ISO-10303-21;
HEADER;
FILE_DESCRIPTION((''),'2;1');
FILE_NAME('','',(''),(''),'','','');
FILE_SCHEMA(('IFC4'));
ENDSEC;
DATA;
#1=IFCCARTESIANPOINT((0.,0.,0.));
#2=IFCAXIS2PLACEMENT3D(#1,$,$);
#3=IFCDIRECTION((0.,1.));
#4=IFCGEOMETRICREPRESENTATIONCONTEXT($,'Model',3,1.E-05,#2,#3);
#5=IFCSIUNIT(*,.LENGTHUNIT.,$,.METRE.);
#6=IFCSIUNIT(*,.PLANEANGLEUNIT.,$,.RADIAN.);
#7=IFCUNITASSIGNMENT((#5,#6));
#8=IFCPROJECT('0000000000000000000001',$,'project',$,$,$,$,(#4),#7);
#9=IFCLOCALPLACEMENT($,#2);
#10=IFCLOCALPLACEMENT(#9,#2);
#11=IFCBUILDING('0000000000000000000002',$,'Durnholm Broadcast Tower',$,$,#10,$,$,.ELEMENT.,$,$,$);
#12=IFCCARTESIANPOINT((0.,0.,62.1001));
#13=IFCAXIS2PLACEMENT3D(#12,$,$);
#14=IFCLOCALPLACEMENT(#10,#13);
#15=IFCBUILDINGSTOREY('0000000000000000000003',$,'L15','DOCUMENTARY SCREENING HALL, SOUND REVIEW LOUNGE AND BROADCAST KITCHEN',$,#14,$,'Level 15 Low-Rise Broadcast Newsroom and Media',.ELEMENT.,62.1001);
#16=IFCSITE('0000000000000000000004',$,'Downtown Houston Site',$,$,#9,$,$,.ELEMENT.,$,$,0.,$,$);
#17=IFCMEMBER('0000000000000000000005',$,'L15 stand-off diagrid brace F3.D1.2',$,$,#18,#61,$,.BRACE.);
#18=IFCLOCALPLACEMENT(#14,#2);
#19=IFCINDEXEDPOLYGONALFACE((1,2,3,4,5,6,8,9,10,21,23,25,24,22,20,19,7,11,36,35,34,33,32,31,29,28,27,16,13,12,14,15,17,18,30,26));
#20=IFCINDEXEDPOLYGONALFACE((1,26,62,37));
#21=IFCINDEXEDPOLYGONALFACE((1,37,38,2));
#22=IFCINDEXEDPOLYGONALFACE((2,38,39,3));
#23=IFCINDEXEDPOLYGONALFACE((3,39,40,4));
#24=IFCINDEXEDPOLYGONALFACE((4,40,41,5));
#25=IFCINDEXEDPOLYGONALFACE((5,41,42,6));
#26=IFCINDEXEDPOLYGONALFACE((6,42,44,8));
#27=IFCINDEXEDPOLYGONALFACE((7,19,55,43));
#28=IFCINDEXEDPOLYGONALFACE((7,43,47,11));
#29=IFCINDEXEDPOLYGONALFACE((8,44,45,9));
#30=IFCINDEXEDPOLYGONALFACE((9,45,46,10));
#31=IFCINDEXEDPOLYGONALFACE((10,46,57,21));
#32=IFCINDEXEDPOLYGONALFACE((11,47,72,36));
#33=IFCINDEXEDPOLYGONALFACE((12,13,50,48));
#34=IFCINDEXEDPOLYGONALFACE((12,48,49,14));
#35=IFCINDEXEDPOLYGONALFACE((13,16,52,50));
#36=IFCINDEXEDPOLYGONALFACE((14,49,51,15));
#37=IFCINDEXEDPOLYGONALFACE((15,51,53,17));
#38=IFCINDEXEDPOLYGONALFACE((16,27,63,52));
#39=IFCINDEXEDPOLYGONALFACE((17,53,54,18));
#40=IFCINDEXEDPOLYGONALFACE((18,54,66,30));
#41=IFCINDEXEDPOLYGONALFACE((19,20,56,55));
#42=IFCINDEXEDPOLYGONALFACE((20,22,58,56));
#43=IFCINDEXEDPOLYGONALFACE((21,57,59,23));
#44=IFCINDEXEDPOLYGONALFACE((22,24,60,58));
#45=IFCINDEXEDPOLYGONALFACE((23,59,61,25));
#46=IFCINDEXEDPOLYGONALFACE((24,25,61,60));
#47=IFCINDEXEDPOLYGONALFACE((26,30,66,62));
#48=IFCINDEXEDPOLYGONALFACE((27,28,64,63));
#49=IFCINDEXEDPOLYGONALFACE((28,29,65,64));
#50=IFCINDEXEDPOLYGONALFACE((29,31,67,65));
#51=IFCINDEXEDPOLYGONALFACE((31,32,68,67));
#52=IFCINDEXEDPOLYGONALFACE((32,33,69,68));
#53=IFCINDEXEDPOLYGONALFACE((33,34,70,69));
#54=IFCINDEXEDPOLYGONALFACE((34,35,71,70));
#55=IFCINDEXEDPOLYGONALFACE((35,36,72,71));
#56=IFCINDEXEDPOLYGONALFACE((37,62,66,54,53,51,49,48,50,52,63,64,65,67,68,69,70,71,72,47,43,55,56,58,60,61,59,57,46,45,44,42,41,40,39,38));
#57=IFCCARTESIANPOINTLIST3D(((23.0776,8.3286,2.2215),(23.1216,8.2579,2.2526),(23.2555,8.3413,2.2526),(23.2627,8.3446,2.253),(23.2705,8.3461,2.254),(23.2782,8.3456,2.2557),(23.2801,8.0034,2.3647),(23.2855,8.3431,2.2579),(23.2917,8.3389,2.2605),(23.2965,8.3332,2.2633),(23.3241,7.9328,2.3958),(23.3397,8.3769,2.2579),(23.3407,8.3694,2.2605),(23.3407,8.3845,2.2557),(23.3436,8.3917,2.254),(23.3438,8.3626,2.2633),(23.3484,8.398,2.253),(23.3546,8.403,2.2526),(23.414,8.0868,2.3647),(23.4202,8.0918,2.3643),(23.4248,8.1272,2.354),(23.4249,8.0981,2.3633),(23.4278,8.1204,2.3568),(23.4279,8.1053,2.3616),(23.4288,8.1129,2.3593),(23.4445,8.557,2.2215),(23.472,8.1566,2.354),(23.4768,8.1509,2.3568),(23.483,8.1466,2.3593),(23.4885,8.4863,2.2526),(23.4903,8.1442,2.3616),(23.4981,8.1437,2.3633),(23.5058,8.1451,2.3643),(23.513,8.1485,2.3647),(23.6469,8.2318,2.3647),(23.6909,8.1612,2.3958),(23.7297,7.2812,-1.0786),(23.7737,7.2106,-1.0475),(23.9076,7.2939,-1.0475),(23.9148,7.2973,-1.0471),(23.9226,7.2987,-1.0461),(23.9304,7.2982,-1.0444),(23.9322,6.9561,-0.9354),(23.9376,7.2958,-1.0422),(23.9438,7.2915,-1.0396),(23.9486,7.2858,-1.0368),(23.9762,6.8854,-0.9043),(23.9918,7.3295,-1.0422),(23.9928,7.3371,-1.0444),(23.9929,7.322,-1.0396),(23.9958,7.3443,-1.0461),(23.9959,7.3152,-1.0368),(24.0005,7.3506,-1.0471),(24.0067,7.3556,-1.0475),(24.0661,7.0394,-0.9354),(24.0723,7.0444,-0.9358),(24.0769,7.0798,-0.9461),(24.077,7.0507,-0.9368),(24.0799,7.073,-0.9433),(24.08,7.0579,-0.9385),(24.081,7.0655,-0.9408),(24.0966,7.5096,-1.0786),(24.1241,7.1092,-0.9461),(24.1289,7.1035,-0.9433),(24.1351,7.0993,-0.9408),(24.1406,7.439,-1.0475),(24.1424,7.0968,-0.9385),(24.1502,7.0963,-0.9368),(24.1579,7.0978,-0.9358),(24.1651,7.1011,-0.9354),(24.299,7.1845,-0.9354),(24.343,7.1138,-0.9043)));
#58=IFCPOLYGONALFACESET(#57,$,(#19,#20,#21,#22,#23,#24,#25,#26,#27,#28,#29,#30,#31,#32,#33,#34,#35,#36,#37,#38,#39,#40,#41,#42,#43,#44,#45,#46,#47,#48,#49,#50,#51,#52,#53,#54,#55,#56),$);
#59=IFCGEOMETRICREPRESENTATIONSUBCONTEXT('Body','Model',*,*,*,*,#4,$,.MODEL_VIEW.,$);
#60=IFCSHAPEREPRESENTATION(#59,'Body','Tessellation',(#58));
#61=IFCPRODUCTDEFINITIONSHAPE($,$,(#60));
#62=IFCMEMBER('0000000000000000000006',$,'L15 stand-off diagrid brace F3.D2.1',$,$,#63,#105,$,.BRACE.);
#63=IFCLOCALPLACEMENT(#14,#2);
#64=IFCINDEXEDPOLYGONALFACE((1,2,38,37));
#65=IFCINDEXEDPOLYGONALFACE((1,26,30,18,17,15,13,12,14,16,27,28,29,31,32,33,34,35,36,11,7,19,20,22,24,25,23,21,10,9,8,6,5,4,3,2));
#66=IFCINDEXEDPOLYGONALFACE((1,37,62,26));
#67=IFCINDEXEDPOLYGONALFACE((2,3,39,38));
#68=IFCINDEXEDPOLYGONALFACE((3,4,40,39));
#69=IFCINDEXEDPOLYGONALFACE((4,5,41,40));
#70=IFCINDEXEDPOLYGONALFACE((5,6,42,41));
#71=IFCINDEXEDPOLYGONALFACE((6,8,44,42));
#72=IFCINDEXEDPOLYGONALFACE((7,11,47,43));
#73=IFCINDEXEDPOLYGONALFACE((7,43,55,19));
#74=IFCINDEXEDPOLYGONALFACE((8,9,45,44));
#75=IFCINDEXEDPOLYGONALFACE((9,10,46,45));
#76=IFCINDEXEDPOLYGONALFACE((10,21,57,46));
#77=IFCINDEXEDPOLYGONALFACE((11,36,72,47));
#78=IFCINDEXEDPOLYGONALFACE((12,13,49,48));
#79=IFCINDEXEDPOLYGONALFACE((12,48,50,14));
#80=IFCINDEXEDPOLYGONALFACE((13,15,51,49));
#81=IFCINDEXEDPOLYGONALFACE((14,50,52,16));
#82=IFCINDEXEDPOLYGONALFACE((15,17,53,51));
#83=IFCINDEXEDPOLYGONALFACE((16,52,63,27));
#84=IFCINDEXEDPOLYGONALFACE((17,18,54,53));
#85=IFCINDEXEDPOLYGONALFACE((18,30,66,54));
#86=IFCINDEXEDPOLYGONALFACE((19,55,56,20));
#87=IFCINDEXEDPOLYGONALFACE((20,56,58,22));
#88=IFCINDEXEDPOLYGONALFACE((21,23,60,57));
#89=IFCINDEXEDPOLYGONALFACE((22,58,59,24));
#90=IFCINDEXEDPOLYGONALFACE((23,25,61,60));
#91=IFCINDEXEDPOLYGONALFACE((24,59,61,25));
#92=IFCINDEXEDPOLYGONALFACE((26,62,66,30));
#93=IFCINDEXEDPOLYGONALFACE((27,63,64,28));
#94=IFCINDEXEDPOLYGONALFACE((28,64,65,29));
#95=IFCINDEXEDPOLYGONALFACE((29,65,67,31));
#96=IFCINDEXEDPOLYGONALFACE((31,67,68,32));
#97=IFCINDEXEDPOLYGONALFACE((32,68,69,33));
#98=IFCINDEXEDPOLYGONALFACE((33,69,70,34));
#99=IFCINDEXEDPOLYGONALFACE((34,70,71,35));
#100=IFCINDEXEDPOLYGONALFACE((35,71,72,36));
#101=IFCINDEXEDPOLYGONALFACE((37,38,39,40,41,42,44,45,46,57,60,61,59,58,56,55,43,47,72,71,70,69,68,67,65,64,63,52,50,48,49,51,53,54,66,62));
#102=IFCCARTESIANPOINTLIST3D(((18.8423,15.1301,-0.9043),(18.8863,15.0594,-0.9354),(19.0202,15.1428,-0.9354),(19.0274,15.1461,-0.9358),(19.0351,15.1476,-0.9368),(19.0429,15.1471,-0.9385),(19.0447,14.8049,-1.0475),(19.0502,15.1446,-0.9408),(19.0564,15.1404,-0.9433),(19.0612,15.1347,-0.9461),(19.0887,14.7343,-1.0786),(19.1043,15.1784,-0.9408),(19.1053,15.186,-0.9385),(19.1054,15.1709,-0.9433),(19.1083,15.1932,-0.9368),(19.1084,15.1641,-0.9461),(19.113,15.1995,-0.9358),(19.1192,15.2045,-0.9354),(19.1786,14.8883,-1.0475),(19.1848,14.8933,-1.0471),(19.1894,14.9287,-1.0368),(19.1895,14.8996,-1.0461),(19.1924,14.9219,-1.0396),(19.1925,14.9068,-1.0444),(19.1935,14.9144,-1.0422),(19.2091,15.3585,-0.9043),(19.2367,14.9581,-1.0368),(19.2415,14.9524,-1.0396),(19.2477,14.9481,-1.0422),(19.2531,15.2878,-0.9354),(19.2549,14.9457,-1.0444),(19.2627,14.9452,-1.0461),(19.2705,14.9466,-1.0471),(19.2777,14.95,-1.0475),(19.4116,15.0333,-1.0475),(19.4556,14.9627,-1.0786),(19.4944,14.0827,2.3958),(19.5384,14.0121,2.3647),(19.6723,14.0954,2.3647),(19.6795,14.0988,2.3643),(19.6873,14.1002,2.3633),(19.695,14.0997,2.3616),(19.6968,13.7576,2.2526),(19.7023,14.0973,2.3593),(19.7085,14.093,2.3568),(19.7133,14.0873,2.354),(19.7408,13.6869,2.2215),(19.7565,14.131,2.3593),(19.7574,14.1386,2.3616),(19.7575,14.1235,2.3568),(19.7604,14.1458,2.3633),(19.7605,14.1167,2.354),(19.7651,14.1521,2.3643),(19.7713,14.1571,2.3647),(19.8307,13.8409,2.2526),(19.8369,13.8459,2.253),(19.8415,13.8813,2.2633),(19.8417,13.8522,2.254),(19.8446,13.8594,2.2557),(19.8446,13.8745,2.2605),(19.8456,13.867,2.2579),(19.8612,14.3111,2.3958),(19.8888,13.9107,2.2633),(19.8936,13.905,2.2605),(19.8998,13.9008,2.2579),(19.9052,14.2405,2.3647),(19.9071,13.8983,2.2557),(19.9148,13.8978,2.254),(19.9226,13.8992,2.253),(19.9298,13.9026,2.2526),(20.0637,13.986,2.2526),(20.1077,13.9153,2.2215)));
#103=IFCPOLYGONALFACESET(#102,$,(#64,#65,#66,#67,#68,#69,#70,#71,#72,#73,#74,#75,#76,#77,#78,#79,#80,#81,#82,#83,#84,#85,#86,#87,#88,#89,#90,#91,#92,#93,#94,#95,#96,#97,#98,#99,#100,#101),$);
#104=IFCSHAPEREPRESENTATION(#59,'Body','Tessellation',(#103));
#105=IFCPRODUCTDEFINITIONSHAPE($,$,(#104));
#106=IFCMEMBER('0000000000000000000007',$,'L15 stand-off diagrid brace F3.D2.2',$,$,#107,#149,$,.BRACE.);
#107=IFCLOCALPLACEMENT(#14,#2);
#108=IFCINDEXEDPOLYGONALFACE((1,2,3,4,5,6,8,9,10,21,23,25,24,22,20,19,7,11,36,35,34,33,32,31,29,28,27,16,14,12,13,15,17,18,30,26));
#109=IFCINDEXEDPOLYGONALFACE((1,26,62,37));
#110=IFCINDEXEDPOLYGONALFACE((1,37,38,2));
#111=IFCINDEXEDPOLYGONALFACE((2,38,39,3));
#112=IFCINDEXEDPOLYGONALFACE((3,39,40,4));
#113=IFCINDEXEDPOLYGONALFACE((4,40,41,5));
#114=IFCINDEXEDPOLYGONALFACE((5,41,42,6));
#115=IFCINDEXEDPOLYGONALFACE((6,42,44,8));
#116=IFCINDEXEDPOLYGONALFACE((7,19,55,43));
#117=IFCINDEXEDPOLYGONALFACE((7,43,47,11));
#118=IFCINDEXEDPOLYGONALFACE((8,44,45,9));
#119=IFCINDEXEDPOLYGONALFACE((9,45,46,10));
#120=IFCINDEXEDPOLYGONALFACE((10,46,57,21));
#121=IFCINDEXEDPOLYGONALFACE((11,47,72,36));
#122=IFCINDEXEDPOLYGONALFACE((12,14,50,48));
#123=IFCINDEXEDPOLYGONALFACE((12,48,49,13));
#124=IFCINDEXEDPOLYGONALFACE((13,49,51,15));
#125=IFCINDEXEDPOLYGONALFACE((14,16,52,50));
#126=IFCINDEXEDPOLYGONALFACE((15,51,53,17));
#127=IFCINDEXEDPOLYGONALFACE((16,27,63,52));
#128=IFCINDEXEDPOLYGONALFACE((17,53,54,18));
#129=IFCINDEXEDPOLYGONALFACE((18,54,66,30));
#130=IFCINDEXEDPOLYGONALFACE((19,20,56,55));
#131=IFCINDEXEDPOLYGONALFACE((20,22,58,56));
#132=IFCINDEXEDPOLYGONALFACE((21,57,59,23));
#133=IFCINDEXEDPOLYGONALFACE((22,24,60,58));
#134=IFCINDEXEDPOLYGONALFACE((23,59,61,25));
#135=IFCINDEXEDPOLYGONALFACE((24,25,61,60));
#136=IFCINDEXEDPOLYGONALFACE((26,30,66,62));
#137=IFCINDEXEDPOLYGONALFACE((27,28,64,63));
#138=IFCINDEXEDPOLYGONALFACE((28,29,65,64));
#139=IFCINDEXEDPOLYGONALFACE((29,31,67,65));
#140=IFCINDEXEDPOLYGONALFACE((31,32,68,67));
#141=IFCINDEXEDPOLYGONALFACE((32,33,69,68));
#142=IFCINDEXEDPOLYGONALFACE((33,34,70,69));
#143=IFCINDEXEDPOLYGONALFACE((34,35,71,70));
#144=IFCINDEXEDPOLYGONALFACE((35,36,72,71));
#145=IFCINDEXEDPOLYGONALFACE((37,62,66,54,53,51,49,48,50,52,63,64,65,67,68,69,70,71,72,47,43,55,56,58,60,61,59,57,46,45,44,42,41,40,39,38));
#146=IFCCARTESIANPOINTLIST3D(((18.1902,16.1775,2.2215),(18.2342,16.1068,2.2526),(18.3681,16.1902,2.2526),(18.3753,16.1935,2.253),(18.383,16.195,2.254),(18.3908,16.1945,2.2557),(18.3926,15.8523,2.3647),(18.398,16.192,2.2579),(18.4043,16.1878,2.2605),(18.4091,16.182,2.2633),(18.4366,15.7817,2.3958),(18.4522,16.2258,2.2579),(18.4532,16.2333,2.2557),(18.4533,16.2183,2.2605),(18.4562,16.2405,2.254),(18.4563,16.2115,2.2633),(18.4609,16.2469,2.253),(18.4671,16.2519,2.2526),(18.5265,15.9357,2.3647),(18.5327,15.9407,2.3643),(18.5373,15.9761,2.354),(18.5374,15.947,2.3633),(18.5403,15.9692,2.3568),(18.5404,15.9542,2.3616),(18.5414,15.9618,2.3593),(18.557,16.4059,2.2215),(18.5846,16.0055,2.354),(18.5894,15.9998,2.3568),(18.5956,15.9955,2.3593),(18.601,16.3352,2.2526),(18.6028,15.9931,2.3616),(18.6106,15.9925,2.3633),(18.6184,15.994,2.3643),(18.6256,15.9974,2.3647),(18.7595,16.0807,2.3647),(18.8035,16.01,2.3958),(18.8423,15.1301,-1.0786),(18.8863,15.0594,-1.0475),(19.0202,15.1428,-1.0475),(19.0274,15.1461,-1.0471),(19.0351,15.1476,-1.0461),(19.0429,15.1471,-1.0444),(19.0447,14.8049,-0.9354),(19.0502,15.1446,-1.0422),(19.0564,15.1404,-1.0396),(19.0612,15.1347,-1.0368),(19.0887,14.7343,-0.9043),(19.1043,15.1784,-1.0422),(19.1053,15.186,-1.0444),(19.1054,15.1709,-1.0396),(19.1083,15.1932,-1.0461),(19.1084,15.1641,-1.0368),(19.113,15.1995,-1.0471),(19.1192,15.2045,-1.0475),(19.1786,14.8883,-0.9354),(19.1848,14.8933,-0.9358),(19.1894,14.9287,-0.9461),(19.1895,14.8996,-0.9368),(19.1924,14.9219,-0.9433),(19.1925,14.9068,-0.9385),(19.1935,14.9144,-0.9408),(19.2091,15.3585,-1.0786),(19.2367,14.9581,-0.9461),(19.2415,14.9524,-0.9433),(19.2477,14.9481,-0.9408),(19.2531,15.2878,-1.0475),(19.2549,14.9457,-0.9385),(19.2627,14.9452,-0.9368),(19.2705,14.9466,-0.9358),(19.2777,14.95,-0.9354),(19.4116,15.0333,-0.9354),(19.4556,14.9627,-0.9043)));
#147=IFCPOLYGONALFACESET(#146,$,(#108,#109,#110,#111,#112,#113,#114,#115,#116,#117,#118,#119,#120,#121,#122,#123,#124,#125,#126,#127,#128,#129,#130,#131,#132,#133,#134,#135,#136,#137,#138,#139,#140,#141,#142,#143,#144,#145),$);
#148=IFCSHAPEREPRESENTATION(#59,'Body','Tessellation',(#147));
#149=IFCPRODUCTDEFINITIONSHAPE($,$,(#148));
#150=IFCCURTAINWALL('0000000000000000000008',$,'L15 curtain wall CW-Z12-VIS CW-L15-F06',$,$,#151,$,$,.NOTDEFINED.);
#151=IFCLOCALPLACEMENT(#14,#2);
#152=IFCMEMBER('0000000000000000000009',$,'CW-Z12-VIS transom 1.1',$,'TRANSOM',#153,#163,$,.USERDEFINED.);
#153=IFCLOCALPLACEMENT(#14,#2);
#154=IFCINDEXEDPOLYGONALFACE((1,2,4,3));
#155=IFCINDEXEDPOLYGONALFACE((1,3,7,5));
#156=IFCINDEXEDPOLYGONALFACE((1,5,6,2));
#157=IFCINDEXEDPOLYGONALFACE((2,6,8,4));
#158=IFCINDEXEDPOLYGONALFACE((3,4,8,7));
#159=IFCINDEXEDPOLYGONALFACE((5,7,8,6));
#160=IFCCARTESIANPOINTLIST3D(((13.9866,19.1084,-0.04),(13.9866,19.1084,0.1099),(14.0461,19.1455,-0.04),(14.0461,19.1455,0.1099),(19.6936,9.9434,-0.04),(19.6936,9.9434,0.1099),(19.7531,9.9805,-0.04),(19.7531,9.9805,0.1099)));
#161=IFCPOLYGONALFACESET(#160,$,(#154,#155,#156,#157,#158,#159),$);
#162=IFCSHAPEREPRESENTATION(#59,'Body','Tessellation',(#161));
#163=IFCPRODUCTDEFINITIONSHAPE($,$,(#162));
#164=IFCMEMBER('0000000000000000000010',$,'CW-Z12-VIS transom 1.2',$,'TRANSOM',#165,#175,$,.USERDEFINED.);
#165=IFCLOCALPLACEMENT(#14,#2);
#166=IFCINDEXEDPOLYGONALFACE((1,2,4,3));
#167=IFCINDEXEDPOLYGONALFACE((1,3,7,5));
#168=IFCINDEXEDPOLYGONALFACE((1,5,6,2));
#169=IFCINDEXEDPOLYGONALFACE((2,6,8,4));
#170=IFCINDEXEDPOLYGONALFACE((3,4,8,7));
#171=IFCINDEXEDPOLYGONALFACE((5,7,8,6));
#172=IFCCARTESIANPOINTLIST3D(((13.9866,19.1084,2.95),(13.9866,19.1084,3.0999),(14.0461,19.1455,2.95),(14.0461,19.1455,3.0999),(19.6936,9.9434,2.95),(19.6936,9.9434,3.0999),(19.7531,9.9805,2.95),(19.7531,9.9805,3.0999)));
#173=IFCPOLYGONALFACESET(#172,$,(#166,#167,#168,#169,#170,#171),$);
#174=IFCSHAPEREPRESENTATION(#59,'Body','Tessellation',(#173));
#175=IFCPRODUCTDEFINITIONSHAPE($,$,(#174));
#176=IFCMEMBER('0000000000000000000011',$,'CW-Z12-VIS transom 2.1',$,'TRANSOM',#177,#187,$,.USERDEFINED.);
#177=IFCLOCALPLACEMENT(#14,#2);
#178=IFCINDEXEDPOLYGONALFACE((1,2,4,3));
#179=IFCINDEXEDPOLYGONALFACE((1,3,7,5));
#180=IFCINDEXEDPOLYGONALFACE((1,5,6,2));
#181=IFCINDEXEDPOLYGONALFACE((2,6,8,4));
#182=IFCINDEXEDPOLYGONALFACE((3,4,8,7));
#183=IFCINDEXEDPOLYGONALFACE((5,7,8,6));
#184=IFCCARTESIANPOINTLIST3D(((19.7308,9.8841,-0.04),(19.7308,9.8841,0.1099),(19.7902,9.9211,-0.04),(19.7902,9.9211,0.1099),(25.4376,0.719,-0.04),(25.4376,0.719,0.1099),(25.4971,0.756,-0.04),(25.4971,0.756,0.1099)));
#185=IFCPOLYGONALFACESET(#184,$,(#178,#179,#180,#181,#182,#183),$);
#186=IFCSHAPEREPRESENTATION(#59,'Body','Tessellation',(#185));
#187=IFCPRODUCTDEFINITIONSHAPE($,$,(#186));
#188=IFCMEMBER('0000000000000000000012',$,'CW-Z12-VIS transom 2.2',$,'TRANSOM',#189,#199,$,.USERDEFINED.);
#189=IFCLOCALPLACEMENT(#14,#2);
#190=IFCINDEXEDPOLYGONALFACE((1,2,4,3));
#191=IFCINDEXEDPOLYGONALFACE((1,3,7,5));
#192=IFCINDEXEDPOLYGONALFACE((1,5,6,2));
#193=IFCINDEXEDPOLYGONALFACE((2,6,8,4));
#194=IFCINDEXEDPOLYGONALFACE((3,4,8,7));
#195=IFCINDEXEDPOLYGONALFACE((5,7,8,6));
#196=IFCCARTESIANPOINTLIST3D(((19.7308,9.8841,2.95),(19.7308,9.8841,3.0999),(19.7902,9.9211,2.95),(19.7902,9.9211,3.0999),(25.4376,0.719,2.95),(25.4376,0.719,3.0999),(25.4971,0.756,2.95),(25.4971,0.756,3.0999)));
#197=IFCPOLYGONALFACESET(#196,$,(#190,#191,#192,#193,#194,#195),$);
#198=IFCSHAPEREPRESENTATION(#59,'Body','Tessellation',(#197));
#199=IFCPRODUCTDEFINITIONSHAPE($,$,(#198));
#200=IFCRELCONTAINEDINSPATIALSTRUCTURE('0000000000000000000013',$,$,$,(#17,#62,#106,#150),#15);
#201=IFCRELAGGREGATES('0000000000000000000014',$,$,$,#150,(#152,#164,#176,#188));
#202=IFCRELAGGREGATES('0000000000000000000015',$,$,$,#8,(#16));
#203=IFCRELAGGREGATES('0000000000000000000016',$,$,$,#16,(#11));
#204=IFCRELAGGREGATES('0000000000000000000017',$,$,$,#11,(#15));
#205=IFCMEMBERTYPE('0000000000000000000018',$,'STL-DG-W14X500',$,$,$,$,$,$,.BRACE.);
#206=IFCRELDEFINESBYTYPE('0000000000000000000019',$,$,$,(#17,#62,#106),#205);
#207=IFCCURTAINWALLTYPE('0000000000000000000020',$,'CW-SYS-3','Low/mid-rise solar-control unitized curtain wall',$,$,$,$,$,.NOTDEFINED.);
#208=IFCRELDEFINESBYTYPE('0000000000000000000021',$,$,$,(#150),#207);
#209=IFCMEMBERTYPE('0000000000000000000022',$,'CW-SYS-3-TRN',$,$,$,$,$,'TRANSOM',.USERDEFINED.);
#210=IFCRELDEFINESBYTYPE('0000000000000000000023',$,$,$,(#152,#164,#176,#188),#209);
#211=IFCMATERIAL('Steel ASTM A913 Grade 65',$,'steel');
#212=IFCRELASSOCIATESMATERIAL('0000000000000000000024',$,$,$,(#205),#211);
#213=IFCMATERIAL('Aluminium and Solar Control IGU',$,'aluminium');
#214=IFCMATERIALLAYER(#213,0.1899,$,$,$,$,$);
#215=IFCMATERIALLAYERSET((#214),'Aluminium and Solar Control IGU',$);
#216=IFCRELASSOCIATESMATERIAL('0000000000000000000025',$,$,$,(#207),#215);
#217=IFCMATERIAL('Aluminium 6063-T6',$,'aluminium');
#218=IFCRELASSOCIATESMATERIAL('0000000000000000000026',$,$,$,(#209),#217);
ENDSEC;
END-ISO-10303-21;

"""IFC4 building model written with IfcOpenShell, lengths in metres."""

from ifc_helpers import new_model, si_unit, direction, frame, origin, origin_2d, place, context, subcontext, project, spatial, rectangle, i_section, extrude, source, transform, mapped, material, layer, layer_set, material_profile, profile_set, type_object, type_shapes, element, aggregate, save


model = new_model("IFC4")

# Units and contexts
model_context = context("Model", 3, precision=1e-05, world=origin(), true_north=direction((0.0, 1.0)))
body_context = subcontext(model_context, "Body", "Model", "MODEL_VIEW")
ifc_project = project(units=[si_unit("LENGTHUNIT", "METRE"), si_unit("PLANEANGLEUNIT", "RADIAN")], contexts=[model_context])

# Site, building, storey
site_placement = place(None, origin())
site = spatial("IfcSite", under=ifc_project, at=site_placement, Name="Downtown Houston Site", CompositionType="ELEMENT", RefElevation=0.0)
building_placement = place(site_placement, origin())
building = spatial("IfcBuilding", under=site, at=building_placement, Name="Durnholm Broadcast Tower", CompositionType="ELEMENT")
storey_placement = place(building_placement, frame((0.0, 0.0, 62.1001)))
storey = spatial("IfcBuildingStorey", under=building, at=storey_placement, Name="L15", Description="DOCUMENTARY SCREENING HALL, SOUND REVIEW LOUNGE AND BROADCAST KITCHEN", LongName="Level 15 Low-Rise Broadcast Newsroom and Media", CompositionType="ELEMENT", Elevation=62.1001)

# Members
ifc_material_1 = material(Name="Steel ASTM A913 Grade 65", Category="steel")
ifc_material_profile_1 = material_profile(ifc_material_1, i_section(OverallWidth=0.4321, OverallDepth=0.4978, WebThickness=0.0557, FlangeThickness=0.0889, FilletRadius=0.0305, at=origin_2d()), Name="W14X500")
ifc_profile_set_1 = profile_set([ifc_material_profile_1], Name="Steel ASTM A913 Grade 65")
member_type_1 = type_object("IfcMemberType", Name="STL-DG-W14X500", PredefinedType="BRACE", material=ifc_profile_set_1)
shared_shape_1 = source(origin(), body_context, "Body", "SweptSolid", [
    extrude(i_section(OverallWidth=0.4321, OverallDepth=0.4978, WebThickness=0.0557, FlangeThickness=0.0889, FilletRadius=0.0305, at=origin_2d()), origin(), (0.0, 0.0, 1.0), 3.5232),
])
type_shapes(member_type_1, [shared_shape_1])
for number, where, z_axis, x_axis, name in (
    (1, (24.0364, 7.1975, -0.9915), (-0.18509, 0.297281, 0.936678), (-0.848909, -0.52854, 0.0), "L15 stand-off diagrid brace F3.D1.2"),
    (2, (19.1489, 15.0464, -0.9915), (0.18509, -0.297281, 0.936678), (0.848909, 0.52854, 0.0), "L15 stand-off diagrid brace F3.D2.1"),
    (3, (19.1489, 15.0464, -0.9915), (-0.18509, 0.297281, 0.936678), (-0.848909, -0.52854, 0.0), "L15 stand-off diagrid brace F3.D2.2"),
):
    element("IfcMember", number, at=place(storey_placement, frame(where, z_axis=z_axis, x_axis=x_axis)), inside=storey, type_object=member_type_1, Name=name, PredefinedType="BRACE", context=body_context, shape_type="MappedRepresentation", body=[
        mapped(shared_shape_1, transform((0.0, 0.0, 0.0), x_axis=(1.0, 0.0, 0.0), y_axis=(0.0, 1.0, 0.0), z_axis=(0.0, 0.0, 1.0), scale=1.0)),
    ])

# Curtain wall, members
ifc_material_2 = material(Name="Aluminium and Solar Control IGU", Category="aluminium")
ifc_layer_1 = layer(ifc_material_2, 0.1899)
ifc_layer_set_1 = layer_set([ifc_layer_1], Name="Aluminium and Solar Control IGU")
curtain_wall_type_1 = type_object("IfcCurtainWallType", Name="CW-SYS-3", Description="Low/mid-rise solar-control unitized curtain wall", PredefinedType="NOTDEFINED", material=ifc_layer_set_1)
curtain_wall_1_placement = place(storey_placement, origin())
curtain_wall_1 = element("IfcCurtainWall", 4, at=curtain_wall_1_placement, inside=storey, type_object=curtain_wall_type_1, Name="L15 curtain wall CW-Z12-VIS CW-L15-F06", PredefinedType="NOTDEFINED")
ifc_material_3 = material(Name="Aluminium 6063-T6", Category="aluminium")
ifc_material_profile_2 = material_profile(ifc_material_3, rectangle(XDim=0.0701, YDim=0.1499, at=origin_2d()), Name="CWT70X150")
ifc_profile_set_2 = profile_set([ifc_material_profile_2], Name="Aluminium 6063-T6")
member_type_2 = type_object("IfcMemberType", Name="CW-SYS-3-TRN", ElementType="TRANSOM", PredefinedType="USERDEFINED", material=ifc_profile_set_2)
shared_shape_2 = source(origin(), body_context, "Body", "SweptSolid", [
    extrude(rectangle(XDim=0.0701, YDim=0.1499, at=origin_2d()), origin(), (0.0, 0.0, 1.0), 10.7966),
])
type_shapes(member_type_2, [shared_shape_2])
member_1_placement = place(storey_placement, frame((14.0164, 19.127, 0.0349), z_axis=(0.528592, -0.848876, 0.0), x_axis=(0.848876, 0.528592, 0.0)))
member_1 = element("IfcMember", 5, at=member_1_placement, type_object=member_type_2, Name="CW-Z12-VIS transom 1.1", ObjectType="TRANSOM", PredefinedType="USERDEFINED", context=body_context, shape_type="MappedRepresentation", body=[
    mapped(shared_shape_2, transform((0.0, 0.0, 0.0), x_axis=(1.0, 0.0, 0.0), y_axis=(0.0, 1.0, 0.0), z_axis=(0.0, 0.0, 1.0), scale=1.0)),
])
member_2_placement = place(storey_placement, frame((14.0164, 19.127, 3.0249), z_axis=(0.528592, -0.848876, 0.0), x_axis=(0.848876, 0.528592, 0.0)))
member_2 = element("IfcMember", 6, at=member_2_placement, type_object=member_type_2, Name="CW-Z12-VIS transom 1.2", ObjectType="TRANSOM", PredefinedType="USERDEFINED", context=body_context, shape_type="MappedRepresentation", body=[
    mapped(shared_shape_2, transform((0.0, 0.0, 0.0), x_axis=(1.0, 0.0, 0.0), y_axis=(0.0, 1.0, 0.0), z_axis=(0.0, 0.0, 1.0), scale=1.0)),
])
member_3_placement = place(storey_placement, frame((19.7605, 9.9026, 0.0349), z_axis=(0.528575, -0.848886, 0.0), x_axis=(0.848886, 0.528575, 0.0)))
member_3 = element("IfcMember", 7, at=member_3_placement, type_object=member_type_2, Name="CW-Z12-VIS transom 2.1", ObjectType="TRANSOM", PredefinedType="USERDEFINED", context=body_context, shape_type="MappedRepresentation", body=[
    mapped(shared_shape_2, transform((0.0, 0.0, 0.0), x_axis=(1.0, 0.0, 0.0), y_axis=(0.0, 1.0, 0.0), z_axis=(0.0, 0.0, 1.0), scale=1.0)),
])
member_4_placement = place(storey_placement, frame((19.7605, 9.9026, 3.0249), z_axis=(0.528575, -0.848886, 0.0), x_axis=(0.848886, 0.528575, 0.0)))
member_4 = element("IfcMember", 8, at=member_4_placement, type_object=member_type_2, Name="CW-Z12-VIS transom 2.2", ObjectType="TRANSOM", PredefinedType="USERDEFINED", context=body_context, shape_type="MappedRepresentation", body=[
    mapped(shared_shape_2, transform((0.0, 0.0, 0.0), x_axis=(1.0, 0.0, 0.0), y_axis=(0.0, 1.0, 0.0), z_axis=(0.0, 0.0, 1.0), scale=1.0)),
])

aggregate(curtain_wall_1, [member_1, member_2, member_3, member_4])

save(model, "model.ifc")
